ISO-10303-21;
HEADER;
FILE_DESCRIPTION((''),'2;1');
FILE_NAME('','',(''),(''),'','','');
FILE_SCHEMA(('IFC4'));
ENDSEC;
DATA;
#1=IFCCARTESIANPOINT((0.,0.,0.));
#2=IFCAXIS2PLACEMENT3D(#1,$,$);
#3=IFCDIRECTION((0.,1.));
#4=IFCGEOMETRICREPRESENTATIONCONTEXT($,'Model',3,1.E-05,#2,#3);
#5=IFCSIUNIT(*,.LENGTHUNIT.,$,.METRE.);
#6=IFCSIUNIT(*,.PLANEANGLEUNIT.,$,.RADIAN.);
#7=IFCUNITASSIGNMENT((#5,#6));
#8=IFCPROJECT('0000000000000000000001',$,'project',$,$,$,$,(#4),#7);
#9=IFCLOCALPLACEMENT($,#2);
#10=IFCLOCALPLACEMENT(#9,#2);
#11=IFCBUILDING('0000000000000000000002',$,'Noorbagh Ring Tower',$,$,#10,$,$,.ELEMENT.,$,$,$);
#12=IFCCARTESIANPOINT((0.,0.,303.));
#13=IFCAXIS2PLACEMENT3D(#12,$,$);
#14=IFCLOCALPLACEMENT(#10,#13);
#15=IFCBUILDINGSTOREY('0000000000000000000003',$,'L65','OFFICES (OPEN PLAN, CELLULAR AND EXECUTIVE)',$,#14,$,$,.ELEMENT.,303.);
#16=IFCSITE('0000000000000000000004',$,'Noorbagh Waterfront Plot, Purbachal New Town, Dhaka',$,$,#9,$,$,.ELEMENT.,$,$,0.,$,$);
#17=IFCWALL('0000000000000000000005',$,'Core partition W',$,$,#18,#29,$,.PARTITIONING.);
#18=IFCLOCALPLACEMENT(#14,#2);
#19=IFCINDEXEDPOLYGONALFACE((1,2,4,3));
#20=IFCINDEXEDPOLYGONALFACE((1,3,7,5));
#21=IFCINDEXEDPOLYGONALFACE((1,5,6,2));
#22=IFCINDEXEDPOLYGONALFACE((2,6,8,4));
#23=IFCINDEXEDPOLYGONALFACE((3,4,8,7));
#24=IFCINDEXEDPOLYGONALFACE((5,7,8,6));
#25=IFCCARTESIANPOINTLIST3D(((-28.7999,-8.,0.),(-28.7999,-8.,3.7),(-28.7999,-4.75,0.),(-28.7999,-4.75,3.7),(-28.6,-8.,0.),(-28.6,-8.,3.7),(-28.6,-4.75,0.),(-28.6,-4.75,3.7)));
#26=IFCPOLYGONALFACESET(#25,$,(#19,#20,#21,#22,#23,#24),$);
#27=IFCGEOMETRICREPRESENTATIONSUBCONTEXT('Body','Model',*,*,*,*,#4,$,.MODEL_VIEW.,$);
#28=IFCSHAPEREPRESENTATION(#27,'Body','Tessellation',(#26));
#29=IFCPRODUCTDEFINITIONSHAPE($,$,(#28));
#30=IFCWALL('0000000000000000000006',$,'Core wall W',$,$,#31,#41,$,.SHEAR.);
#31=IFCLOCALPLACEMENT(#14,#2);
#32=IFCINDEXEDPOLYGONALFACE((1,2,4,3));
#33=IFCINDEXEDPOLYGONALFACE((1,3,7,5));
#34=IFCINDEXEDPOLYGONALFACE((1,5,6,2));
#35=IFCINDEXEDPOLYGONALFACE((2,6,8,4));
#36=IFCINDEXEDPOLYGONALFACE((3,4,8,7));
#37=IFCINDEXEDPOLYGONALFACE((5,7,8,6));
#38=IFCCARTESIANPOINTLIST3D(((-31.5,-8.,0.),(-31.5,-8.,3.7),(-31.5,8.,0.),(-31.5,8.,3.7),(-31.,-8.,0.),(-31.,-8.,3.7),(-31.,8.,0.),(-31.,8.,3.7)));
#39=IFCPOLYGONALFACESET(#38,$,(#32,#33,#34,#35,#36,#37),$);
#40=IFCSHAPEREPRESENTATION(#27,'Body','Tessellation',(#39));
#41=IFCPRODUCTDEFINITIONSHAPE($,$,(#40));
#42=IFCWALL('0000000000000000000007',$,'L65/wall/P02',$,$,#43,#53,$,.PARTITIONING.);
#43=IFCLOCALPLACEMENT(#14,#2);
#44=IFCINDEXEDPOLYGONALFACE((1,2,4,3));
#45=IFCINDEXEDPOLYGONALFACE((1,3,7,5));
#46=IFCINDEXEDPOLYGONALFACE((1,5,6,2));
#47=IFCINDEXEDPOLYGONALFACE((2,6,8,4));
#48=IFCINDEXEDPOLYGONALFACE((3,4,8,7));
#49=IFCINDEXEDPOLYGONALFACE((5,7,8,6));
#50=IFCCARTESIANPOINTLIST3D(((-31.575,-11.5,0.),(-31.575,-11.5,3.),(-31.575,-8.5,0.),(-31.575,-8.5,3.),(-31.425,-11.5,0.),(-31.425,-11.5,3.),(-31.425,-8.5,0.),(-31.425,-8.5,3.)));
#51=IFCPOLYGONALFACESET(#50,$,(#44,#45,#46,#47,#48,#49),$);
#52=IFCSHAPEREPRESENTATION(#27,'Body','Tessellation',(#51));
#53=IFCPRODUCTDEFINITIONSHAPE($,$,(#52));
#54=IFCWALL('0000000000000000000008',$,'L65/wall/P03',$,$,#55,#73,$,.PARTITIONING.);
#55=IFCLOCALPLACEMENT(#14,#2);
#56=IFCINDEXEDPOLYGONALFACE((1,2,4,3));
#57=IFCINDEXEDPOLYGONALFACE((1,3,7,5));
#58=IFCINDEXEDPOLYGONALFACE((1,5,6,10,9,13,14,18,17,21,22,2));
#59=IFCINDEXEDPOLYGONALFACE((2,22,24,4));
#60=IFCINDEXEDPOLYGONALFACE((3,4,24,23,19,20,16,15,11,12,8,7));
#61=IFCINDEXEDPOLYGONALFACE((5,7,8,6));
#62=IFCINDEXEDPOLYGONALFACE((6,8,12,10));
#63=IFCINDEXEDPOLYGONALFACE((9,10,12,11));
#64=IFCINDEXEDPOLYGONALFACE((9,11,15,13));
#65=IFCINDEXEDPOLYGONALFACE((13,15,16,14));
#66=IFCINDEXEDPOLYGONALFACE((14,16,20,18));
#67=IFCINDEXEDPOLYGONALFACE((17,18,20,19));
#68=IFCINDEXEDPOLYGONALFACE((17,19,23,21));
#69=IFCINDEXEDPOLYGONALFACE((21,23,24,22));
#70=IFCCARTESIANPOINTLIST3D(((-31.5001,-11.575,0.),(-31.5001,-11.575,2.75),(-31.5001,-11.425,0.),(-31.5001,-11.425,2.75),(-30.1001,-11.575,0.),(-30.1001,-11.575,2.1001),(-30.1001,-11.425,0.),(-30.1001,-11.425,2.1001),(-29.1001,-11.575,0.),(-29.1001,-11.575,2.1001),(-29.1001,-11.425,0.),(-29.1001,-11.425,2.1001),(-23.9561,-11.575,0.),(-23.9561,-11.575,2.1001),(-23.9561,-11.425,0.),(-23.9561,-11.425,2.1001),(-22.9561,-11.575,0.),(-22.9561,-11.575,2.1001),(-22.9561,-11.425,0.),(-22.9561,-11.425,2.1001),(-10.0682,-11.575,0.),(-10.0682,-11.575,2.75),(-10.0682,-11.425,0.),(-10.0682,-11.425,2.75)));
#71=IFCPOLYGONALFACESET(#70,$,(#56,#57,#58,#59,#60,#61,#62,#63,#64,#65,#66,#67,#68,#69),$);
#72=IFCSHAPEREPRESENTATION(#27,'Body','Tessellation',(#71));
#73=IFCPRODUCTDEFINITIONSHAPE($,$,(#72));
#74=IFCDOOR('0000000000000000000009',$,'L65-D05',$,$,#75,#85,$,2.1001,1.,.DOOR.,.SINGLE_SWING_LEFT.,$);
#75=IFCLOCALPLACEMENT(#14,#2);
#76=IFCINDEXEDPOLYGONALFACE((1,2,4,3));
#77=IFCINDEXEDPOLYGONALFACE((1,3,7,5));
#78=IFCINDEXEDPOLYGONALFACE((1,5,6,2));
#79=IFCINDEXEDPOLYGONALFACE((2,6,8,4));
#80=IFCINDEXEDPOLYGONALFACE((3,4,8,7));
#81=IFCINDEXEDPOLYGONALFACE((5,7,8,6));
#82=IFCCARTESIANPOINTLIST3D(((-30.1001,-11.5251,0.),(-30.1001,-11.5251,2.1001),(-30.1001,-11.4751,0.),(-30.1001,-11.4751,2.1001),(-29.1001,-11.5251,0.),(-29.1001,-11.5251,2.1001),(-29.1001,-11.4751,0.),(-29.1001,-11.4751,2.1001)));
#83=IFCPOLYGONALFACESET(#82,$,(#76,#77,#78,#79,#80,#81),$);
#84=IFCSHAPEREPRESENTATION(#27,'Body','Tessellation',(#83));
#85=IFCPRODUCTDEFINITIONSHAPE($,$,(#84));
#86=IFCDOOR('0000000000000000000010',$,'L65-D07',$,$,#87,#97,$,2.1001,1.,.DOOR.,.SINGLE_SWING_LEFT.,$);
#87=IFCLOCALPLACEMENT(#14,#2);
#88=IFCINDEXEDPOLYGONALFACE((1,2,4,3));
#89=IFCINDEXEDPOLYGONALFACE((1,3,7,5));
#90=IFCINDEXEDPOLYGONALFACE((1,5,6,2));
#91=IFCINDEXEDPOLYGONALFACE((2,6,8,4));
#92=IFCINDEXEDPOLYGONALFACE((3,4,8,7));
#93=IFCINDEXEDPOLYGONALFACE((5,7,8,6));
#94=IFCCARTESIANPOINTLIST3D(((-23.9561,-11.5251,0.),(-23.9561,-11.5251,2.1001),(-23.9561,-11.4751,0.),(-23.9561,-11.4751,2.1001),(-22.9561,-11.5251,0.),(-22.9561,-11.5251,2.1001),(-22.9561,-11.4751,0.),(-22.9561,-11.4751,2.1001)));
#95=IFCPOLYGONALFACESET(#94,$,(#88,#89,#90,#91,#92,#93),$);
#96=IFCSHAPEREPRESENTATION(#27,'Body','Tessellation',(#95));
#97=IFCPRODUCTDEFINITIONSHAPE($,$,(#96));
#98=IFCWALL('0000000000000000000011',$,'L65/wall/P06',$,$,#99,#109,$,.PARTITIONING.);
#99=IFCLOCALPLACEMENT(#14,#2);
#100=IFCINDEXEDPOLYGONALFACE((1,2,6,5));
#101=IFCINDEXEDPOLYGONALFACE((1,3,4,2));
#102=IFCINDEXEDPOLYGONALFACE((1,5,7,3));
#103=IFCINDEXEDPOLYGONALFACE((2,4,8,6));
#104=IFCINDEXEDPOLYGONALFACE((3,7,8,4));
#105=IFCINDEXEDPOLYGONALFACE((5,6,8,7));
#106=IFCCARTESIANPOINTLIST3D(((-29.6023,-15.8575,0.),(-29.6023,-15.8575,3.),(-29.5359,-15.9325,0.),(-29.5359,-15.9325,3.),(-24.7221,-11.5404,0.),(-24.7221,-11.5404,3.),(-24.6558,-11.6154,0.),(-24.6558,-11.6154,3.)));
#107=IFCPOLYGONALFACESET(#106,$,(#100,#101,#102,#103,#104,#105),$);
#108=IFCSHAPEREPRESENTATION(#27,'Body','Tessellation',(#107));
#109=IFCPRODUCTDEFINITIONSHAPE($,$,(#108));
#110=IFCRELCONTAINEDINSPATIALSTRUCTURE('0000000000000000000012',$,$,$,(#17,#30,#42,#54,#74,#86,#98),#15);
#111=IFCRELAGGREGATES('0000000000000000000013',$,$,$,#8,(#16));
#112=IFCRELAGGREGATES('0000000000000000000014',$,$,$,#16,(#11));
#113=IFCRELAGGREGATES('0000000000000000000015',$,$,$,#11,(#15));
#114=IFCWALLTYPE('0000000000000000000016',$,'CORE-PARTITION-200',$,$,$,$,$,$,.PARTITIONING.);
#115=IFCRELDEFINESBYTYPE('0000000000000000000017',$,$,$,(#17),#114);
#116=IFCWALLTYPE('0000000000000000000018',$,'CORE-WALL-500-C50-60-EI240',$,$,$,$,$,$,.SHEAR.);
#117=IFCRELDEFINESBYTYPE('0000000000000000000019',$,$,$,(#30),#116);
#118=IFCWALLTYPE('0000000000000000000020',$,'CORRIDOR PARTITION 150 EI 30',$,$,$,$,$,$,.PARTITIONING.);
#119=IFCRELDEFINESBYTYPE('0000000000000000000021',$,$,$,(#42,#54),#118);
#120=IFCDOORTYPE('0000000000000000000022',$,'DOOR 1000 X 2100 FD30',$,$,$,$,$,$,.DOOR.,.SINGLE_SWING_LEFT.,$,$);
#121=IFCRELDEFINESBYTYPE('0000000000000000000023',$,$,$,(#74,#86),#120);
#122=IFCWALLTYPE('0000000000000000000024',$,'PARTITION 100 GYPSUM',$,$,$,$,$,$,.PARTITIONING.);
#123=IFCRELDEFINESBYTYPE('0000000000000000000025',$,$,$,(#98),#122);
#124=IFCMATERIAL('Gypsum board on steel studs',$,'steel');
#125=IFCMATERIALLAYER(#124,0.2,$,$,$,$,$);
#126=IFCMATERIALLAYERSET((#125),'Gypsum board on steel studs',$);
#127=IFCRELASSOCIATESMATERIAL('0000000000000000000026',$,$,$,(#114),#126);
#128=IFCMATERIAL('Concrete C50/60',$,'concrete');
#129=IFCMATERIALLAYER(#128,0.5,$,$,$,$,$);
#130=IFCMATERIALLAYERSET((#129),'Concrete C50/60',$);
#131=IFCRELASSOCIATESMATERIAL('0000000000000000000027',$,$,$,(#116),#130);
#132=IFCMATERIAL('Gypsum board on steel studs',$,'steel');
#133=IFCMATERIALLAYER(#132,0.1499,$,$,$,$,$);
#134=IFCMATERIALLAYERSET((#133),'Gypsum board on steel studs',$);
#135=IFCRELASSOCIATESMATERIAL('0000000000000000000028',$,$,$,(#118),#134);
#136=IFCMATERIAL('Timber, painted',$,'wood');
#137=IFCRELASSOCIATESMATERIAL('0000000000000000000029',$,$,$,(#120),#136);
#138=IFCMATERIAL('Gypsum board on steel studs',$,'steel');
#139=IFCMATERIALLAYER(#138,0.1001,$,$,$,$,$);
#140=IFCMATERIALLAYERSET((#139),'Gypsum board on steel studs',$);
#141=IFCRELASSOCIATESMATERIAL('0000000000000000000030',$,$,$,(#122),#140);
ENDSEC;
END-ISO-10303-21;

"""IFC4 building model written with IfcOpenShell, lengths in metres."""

from ifc_helpers import new_model, si_unit, direction, frame, frame_2d, origin, place, context, subcontext, project, spatial, rectangle, extrude, material, layer, layer_set, type_object, element, fill, save


model = new_model("IFC4")

# Units and contexts
model_context = context("Model", 3, precision=1e-05, world=origin(), true_north=direction((0.0, 1.0)))
body_context = subcontext(model_context, "Body", "Model", "MODEL_VIEW")
ifc_project = project(units=[si_unit("LENGTHUNIT", "METRE"), si_unit("PLANEANGLEUNIT", "RADIAN")], contexts=[model_context])

# Site, building, storey
site_placement = place(None, origin())
site = spatial("IfcSite", under=ifc_project, at=site_placement, Name="Noorbagh Waterfront Plot, Purbachal New Town, Dhaka", CompositionType="ELEMENT", RefElevation=0.0)
building_placement = place(site_placement, origin())
building = spatial("IfcBuilding", under=site, at=building_placement, Name="Noorbagh Ring Tower", CompositionType="ELEMENT")
storey_placement = place(building_placement, frame((0.0, 0.0, 303.0)))
storey = spatial("IfcBuildingStorey", under=building, at=storey_placement, Name="L65", Description="OFFICES (OPEN PLAN, CELLULAR AND EXECUTIVE)", CompositionType="ELEMENT", Elevation=303.0)

# Walls
ifc_material_1 = material(Name="Gypsum board on steel studs", Category="steel")
ifc_layer_1 = layer(ifc_material_1, 0.2)
ifc_layer_set_1 = layer_set([ifc_layer_1], Name="Gypsum board on steel studs")
wall_type_1 = type_object("IfcWallType", Name="CORE-PARTITION-200", PredefinedType="PARTITIONING", material=ifc_layer_set_1)
wall_1_placement = place(storey_placement, frame((-28.7, -8.0, 0.0), z_axis=(0.0, 0.0, 1.0), x_axis=(0.0, 1.0, 0.0)))
element("IfcWall", 1, at=wall_1_placement, inside=storey, type_object=wall_type_1, Name="Core partition W", PredefinedType="PARTITIONING", context=body_context, shape_type="SweptSolid", body=[
    extrude(rectangle(XDim=3.25, YDim=0.2, at=frame_2d((1.625, 0.0))), origin(), (0.0, 0.0, 1.0), 3.7),
])
ifc_material_2 = material(Name="Concrete C50/60", Category="concrete")
ifc_layer_2 = layer(ifc_material_2, 0.5)
ifc_layer_set_2 = layer_set([ifc_layer_2], Name="Concrete C50/60")
wall_type_2 = type_object("IfcWallType", Name="CORE-WALL-500-C50-60-EI240", PredefinedType="SHEAR", material=ifc_layer_set_2)
wall_2_placement = place(storey_placement, frame((-31.25, -8.0, 0.0), z_axis=(0.0, 0.0, 1.0), x_axis=(0.0, 1.0, 0.0)))
element("IfcWall", 2, at=wall_2_placement, inside=storey, type_object=wall_type_2, Name="Core wall W", PredefinedType="SHEAR", context=body_context, shape_type="SweptSolid", body=[
    extrude(rectangle(XDim=16.0, YDim=0.5, at=frame_2d((8.0, 0.0))), origin(), (0.0, 0.0, 1.0), 3.7),
])
ifc_material_3 = material(Name="Gypsum board on steel studs", Category="steel")
ifc_layer_3 = layer(ifc_material_3, 0.1499)
ifc_layer_set_3 = layer_set([ifc_layer_3], Name="Gypsum board on steel studs")
wall_type_3 = type_object("IfcWallType", Name="CORRIDOR PARTITION 150 EI 30", PredefinedType="PARTITIONING", material=ifc_layer_set_3)
wall_3_placement = place(storey_placement, frame((-31.5, -11.5, 0.0), z_axis=(0.0, 0.0, 1.0), x_axis=(0.0, 1.0, 0.0)))
element("IfcWall", 3, at=wall_3_placement, inside=storey, type_object=wall_type_3, Name="L65/wall/P02", PredefinedType="PARTITIONING", context=body_context, shape_type="SweptSolid", body=[
    extrude(rectangle(XDim=3.0, YDim=0.1499, at=frame_2d((1.5, 0.0))), origin(), (0.0, 0.0, 1.0), 3.0),
])

# Wall, openings, doors
wall_4_placement = place(storey_placement, frame((-31.5, -11.5, 0.0), z_axis=(0.0, 0.0, 1.0), x_axis=(1.0, 0.0, 0.0)))
wall_4 = element("IfcWall", 4, at=wall_4_placement, inside=storey, type_object=wall_type_3, Name="L65/wall/P03", PredefinedType="PARTITIONING", context=body_context, shape_type="SweptSolid", body=[
    extrude(rectangle(XDim=21.4319, YDim=0.1499, at=frame_2d((10.7158, 0.0))), origin(), (0.0, 0.0, 1.0), 2.75),
])
opening_1_placement = place(wall_4_placement, frame((1.3999, 0.0, 0.0)))
opening_1 = element("IfcOpeningElement", 5, at=opening_1_placement, cuts=wall_4, PredefinedType="OPENING", context=body_context, shape_type="SweptSolid", body=[
    extrude(rectangle(XDim=1.0, YDim=2.1001, at=frame_2d((0.5, 1.05))), frame((0.0, 0.085, 0.0), z_axis=(0.0, -1.0, 0.0), x_axis=(1.0, 0.0, 0.0)), (0.0, 0.0, 1.0), 0.1699),
])
opening_2_placement = place(wall_4_placement, frame((7.5439, 0.0, 0.0)))
opening_2 = element("IfcOpeningElement", 6, at=opening_2_placement, cuts=wall_4, PredefinedType="OPENING", context=body_context, shape_type="SweptSolid", body=[
    extrude(rectangle(XDim=1.0, YDim=2.1001, at=frame_2d((0.5, 1.05))), frame((0.0, 0.085, 0.0), z_axis=(0.0, -1.0, 0.0), x_axis=(1.0, 0.0, 0.0)), (0.0, 0.0, 1.0), 0.1699),
])
ifc_material_4 = material(Name="Timber, painted", Category="wood")
door_type = type_object("IfcDoorType", Name="DOOR 1000 X 2100 FD30", OperationType="SINGLE_SWING_LEFT", PredefinedType="DOOR", material=ifc_material_4)
door_1_placement = place(opening_1_placement, origin())
door_1 = element("IfcDoor", 7, at=door_1_placement, inside=storey, type_object=door_type, Name="L65-D05", OperationType="SINGLE_SWING_LEFT", OverallHeight=2.1001, OverallWidth=1.0, PredefinedType="DOOR", context=body_context, shape_type="SweptSolid", body=[
    extrude(rectangle(XDim=1.0, YDim=2.1001, at=frame_2d((0.5, 1.05))), frame((0.0, 0.0249, 0.0), z_axis=(0.0, -1.0, 0.0), x_axis=(1.0, 0.0, 0.0)), (0.0, 0.0, 1.0), 0.05),
])
fill(opening_1, door_1)
door_2_placement = place(opening_2_placement, origin())
door_2 = element("IfcDoor", 8, at=door_2_placement, inside=storey, type_object=door_type, Name="L65-D07", OperationType="SINGLE_SWING_LEFT", OverallHeight=2.1001, OverallWidth=1.0, PredefinedType="DOOR", context=body_context, shape_type="SweptSolid", body=[
    extrude(rectangle(XDim=1.0, YDim=2.1001, at=frame_2d((0.5, 1.05))), frame((0.0, 0.0249, 0.0), z_axis=(0.0, -1.0, 0.0), x_axis=(1.0, 0.0, 0.0)), (0.0, 0.0, 1.0), 0.05),
])
fill(opening_2, door_2)

# Wall
ifc_material_5 = material(Name="Gypsum board on steel studs", Category="steel")
ifc_layer_4 = layer(ifc_material_5, 0.1001)
ifc_layer_set_4 = layer_set([ifc_layer_4], Name="Gypsum board on steel studs")
wall_type_4 = type_object("IfcWallType", Name="PARTITION 100 GYPSUM", PredefinedType="PARTITIONING", material=ifc_layer_set_4)
wall_5_placement = place(storey_placement, frame((-29.5691, -15.895, 0.0), z_axis=(0.0, 0.0, 1.0), x_axis=(0.748989, 0.662583, 0.0)))
element("IfcWall", 9, at=wall_5_placement, inside=storey, type_object=wall_type_4, Name="L65/wall/P06", PredefinedType="PARTITIONING", context=body_context, shape_type="SweptSolid", body=[
    extrude(rectangle(XDim=6.5156, YDim=0.1001, at=frame_2d((3.2578, 0.0))), origin(), (0.0, 0.0, 1.0), 3.0),
])

save(model, "model.ifc")
